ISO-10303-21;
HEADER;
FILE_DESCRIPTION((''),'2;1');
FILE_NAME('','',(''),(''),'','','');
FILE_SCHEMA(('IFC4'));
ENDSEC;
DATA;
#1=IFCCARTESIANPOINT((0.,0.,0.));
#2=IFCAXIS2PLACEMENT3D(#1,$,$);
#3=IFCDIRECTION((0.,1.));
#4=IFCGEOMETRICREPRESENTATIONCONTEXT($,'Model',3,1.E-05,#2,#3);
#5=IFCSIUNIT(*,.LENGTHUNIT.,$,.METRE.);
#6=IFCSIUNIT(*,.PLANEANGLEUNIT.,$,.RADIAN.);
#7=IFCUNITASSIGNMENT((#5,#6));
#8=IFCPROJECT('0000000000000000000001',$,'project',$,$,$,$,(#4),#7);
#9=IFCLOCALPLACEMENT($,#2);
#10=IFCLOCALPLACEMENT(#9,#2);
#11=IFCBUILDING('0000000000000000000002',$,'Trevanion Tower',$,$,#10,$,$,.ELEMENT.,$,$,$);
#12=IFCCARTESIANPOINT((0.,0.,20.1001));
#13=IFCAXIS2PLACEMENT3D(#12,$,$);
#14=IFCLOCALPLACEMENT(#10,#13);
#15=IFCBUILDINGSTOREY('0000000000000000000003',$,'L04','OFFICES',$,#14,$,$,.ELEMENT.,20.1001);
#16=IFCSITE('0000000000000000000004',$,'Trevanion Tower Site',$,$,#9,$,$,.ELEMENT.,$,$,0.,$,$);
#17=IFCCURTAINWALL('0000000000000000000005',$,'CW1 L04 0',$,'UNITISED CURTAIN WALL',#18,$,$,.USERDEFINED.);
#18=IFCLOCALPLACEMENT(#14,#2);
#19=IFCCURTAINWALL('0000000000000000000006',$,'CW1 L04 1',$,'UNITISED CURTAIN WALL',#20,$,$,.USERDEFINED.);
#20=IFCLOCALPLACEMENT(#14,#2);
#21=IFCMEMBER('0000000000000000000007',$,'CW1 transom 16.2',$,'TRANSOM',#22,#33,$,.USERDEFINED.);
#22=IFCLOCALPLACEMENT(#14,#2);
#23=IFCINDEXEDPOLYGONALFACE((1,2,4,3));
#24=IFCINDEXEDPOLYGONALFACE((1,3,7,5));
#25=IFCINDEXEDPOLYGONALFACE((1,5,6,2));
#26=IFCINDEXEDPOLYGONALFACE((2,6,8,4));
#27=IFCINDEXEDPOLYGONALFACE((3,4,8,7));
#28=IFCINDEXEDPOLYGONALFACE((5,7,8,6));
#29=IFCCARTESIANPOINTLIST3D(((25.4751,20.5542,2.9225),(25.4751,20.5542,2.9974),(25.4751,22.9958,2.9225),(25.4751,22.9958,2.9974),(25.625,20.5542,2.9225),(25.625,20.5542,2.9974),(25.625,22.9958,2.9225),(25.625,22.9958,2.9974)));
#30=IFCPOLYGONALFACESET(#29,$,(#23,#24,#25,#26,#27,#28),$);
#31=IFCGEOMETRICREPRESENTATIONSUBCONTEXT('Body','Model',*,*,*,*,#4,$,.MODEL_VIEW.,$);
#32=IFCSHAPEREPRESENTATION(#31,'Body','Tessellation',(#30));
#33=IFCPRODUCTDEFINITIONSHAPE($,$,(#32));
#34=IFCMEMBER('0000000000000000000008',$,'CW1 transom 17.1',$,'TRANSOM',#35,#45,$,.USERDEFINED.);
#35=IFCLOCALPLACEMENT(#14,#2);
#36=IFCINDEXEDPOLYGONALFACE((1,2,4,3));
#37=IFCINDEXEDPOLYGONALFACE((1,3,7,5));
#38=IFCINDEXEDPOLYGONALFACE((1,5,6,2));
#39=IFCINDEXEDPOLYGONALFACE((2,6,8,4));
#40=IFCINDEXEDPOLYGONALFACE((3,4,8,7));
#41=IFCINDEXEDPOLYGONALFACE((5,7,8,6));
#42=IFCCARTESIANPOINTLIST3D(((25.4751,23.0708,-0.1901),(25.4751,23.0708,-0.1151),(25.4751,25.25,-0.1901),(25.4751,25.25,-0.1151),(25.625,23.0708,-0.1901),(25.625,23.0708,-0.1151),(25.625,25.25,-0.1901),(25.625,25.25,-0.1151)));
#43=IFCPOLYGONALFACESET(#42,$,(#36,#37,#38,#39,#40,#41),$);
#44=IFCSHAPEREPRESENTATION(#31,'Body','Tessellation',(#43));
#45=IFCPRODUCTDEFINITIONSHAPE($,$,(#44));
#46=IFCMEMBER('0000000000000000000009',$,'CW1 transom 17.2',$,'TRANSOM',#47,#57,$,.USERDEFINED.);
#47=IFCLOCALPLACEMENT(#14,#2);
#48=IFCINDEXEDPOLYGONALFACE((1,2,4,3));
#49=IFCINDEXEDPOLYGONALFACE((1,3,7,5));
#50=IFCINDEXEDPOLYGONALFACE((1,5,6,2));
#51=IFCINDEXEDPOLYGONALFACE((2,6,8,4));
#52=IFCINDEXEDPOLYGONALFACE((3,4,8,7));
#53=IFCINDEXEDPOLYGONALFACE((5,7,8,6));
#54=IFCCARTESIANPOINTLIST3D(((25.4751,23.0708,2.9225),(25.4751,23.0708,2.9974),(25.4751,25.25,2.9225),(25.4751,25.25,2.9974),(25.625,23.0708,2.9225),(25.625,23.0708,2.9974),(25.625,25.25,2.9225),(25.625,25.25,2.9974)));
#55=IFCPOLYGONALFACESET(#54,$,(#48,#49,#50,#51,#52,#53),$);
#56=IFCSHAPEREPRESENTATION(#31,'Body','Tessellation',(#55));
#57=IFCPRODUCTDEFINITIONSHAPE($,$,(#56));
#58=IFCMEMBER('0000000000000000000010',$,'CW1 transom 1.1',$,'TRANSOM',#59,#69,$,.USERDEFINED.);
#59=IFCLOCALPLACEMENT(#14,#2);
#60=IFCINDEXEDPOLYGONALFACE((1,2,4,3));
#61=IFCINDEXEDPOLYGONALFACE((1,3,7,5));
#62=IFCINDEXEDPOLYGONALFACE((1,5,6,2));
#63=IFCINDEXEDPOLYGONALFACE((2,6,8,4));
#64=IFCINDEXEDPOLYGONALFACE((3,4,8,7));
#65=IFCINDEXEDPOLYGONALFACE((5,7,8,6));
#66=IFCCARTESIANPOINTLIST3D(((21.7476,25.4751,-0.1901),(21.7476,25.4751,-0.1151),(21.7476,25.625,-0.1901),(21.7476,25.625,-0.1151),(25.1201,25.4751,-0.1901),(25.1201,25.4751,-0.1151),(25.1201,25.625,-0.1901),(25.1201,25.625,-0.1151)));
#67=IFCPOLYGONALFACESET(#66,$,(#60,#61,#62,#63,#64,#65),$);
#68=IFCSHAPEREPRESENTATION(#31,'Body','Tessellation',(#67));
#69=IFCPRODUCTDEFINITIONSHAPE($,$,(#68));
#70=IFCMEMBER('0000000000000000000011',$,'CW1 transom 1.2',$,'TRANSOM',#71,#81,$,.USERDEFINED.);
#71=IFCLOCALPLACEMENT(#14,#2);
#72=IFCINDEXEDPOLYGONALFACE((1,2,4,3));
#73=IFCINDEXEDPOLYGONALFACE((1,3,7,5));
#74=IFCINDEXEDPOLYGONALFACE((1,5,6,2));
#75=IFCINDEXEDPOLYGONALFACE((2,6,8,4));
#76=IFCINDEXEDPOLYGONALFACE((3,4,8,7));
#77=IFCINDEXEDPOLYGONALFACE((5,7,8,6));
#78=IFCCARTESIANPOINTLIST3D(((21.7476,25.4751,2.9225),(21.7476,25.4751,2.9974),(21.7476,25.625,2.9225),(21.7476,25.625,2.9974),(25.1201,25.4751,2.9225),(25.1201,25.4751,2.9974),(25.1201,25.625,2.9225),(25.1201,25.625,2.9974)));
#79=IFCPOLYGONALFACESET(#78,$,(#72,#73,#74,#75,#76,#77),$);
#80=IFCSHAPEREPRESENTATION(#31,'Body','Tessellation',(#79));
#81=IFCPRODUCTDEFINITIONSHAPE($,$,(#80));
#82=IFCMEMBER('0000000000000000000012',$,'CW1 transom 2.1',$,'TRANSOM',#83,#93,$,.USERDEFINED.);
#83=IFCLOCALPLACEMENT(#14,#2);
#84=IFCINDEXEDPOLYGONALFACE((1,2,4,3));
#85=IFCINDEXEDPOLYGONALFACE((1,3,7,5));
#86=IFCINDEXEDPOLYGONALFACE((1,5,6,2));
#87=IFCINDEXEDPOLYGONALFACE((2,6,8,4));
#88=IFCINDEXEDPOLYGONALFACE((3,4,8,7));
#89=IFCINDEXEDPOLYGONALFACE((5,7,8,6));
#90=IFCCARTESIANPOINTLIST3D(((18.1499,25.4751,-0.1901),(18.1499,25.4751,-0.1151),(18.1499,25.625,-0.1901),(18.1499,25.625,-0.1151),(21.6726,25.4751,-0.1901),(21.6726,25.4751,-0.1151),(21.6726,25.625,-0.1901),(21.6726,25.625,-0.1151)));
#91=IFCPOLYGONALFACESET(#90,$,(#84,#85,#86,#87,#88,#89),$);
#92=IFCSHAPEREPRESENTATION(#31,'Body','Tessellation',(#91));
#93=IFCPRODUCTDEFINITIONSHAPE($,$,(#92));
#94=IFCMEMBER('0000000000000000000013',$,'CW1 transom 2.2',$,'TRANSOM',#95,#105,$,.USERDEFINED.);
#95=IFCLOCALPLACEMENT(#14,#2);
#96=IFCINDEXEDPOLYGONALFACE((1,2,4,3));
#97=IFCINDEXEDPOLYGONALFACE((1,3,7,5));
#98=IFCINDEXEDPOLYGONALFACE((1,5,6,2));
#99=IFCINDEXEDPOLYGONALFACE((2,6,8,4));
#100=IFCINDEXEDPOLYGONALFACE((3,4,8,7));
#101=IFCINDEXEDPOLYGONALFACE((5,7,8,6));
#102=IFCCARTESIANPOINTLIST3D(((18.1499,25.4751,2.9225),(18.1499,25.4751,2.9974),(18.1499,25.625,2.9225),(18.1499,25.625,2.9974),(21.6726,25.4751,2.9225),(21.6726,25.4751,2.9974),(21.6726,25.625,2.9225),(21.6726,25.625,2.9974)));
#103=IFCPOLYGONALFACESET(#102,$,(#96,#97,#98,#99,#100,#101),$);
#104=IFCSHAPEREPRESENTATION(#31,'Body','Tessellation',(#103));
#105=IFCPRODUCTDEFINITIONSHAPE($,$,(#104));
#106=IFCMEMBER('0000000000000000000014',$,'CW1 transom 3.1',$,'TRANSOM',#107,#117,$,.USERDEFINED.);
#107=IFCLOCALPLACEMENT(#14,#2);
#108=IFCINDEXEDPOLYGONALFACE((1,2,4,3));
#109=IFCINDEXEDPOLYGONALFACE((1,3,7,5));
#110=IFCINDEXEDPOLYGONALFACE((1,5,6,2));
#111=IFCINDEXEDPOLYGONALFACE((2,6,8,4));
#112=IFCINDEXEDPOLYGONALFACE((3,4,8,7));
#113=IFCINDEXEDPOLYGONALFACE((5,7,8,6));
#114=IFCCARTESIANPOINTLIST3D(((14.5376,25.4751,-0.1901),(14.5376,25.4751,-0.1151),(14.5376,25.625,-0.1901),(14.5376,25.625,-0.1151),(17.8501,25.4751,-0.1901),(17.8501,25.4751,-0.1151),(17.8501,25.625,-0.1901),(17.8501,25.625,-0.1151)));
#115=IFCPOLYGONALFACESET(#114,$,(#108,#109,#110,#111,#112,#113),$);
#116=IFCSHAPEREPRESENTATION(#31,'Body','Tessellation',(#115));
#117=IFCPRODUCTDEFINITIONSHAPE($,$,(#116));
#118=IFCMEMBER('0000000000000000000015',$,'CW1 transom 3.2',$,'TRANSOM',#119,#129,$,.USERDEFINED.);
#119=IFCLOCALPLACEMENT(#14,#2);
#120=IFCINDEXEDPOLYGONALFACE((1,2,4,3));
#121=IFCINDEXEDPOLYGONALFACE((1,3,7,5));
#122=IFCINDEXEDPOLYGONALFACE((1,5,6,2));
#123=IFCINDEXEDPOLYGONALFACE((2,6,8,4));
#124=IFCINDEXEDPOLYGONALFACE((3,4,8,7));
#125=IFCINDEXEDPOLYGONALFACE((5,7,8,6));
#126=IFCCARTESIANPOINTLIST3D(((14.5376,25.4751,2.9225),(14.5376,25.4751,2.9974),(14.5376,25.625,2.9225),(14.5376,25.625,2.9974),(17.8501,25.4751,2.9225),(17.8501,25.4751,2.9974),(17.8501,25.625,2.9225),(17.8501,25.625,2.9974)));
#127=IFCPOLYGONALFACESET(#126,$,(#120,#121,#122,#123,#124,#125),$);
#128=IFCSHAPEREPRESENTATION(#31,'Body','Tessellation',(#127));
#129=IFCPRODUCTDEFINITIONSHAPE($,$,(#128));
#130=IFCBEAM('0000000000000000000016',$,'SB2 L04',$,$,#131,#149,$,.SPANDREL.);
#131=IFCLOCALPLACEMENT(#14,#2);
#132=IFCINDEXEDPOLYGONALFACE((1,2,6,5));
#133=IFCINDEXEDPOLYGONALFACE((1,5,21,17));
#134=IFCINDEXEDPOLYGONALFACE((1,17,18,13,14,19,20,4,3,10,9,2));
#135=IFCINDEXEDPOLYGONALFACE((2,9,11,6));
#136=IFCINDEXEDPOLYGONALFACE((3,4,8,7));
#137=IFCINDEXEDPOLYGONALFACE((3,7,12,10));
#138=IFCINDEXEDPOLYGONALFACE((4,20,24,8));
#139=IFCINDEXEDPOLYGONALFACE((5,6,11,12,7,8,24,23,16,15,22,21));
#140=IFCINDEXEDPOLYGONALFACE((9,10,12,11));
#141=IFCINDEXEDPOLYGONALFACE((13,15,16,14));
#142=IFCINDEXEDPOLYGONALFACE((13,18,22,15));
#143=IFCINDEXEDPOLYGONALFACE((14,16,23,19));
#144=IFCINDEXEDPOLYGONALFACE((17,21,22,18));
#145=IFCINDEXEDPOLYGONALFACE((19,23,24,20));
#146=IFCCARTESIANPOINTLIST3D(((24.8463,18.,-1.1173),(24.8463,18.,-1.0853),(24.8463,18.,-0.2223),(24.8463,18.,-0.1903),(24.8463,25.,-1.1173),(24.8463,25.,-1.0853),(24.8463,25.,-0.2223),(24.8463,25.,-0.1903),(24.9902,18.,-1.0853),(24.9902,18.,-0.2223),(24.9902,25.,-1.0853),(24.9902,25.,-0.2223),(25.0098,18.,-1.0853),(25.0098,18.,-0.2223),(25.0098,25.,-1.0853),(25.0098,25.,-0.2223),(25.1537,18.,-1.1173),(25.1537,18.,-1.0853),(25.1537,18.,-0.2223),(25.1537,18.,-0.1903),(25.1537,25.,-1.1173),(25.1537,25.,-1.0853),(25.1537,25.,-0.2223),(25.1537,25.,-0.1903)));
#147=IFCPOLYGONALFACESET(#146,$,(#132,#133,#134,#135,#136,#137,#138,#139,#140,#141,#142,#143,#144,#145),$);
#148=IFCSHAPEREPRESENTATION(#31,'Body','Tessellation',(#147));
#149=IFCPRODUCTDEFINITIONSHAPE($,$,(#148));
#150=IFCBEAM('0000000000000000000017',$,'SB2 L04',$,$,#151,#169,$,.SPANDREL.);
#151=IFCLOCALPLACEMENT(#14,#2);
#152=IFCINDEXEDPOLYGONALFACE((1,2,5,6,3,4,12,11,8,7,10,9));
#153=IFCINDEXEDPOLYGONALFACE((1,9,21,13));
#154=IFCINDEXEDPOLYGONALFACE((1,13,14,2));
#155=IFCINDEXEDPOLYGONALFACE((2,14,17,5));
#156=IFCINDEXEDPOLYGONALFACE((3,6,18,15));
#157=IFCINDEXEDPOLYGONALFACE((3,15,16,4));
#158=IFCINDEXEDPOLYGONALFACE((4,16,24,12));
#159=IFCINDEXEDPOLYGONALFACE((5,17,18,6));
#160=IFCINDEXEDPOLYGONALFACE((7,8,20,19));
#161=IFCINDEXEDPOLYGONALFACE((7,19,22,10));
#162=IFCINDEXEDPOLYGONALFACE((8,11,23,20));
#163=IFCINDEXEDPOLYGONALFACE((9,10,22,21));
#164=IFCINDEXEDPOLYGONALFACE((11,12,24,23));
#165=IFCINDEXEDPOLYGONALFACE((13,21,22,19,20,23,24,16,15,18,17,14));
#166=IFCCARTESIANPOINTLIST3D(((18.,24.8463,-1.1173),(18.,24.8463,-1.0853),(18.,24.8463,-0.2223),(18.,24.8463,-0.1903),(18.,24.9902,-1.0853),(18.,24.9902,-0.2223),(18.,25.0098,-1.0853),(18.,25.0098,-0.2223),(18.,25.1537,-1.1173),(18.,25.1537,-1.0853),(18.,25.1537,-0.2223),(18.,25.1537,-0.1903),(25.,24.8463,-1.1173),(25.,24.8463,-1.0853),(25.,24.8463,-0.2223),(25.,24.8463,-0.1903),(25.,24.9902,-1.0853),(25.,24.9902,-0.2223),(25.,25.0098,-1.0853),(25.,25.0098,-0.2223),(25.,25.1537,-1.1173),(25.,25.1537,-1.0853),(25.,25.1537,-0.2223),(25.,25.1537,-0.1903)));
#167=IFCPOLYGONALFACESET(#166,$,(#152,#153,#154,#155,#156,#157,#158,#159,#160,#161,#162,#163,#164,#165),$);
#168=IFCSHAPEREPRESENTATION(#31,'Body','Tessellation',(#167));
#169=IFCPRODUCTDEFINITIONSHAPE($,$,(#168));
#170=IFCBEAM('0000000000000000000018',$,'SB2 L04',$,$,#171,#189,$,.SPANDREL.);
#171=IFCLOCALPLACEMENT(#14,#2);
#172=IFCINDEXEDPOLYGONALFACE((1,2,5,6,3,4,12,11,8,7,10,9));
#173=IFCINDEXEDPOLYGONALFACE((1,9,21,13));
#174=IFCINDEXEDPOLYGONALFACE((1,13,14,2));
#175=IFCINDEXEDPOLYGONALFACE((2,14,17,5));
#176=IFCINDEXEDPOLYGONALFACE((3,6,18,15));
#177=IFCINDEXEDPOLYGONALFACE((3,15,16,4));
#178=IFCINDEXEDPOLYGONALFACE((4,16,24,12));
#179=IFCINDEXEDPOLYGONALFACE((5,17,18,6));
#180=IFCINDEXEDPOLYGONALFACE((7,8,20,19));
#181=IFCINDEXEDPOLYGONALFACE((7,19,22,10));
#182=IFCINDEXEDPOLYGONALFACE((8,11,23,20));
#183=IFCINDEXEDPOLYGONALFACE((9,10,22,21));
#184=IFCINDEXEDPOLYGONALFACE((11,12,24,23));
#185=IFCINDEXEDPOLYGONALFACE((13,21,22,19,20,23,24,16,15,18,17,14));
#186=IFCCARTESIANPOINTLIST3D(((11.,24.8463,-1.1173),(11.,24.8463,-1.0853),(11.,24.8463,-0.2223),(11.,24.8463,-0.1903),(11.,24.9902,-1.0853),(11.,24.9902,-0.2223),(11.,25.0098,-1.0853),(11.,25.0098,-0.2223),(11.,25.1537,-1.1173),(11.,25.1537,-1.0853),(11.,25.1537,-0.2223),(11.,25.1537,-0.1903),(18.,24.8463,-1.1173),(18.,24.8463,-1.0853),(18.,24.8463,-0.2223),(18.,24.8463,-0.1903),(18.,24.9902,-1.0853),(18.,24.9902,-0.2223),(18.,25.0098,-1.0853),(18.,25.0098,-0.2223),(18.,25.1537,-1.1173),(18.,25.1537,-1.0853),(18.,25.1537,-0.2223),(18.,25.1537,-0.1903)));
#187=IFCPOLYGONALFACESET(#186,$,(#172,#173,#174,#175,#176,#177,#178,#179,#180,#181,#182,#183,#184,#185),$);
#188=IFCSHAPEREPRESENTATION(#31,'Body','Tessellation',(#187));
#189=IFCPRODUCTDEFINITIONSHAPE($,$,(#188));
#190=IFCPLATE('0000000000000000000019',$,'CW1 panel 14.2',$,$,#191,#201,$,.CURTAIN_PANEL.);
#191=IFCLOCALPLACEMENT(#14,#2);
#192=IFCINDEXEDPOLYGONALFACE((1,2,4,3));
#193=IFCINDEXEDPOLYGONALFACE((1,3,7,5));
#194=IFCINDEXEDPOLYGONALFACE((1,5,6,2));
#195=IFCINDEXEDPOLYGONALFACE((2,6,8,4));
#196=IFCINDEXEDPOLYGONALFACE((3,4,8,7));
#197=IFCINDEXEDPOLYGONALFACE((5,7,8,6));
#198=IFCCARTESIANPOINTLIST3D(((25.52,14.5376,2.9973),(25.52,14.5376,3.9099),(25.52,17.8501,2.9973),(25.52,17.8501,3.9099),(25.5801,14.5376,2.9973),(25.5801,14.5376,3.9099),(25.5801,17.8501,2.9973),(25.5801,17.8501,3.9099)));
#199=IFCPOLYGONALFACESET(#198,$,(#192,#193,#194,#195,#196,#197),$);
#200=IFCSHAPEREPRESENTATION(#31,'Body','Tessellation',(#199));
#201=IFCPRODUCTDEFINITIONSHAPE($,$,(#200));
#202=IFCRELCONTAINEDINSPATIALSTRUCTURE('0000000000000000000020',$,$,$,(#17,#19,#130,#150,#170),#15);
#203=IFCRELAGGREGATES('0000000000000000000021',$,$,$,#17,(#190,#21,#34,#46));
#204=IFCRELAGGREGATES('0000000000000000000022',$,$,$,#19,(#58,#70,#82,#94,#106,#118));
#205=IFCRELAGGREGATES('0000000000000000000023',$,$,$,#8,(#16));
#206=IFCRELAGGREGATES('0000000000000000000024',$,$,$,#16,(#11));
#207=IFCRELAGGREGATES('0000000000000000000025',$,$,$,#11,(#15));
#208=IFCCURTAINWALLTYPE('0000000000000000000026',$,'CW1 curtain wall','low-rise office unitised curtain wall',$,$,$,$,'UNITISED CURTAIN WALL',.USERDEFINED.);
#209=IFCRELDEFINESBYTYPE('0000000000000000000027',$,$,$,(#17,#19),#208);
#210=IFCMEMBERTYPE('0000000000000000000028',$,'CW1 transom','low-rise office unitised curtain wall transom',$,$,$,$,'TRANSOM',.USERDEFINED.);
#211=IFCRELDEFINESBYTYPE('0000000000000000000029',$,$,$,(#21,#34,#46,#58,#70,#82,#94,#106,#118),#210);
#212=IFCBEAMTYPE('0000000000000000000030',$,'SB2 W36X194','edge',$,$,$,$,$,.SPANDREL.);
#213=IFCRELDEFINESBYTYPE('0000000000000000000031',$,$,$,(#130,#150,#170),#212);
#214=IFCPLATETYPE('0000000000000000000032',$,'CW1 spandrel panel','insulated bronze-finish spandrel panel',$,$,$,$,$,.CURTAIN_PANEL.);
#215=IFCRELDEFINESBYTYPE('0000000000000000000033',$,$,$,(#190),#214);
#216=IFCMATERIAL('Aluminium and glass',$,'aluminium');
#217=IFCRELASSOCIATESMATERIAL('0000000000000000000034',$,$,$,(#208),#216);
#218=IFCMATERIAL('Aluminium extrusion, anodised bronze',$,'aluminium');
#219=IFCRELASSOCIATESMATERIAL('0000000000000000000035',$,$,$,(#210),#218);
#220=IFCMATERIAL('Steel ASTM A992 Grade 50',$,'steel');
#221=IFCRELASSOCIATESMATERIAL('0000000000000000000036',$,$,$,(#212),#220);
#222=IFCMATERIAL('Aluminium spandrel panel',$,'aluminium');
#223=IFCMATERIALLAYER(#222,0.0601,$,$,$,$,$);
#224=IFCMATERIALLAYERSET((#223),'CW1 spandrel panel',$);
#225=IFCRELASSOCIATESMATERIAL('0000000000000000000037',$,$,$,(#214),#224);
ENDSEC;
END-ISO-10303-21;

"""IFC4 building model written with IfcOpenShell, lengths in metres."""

from ifc_helpers import new_model, si_unit, direction, frame, origin, origin_2d, place, context, subcontext, project, spatial, rectangle, i_section, extrude, material, layer, layer_set, material_profile, profile_set, type_object, element, aggregate, save


model = new_model("IFC4")

# Units and contexts
model_context = context("Model", 3, precision=1e-05, world=origin(), true_north=direction((0.0, 1.0)))
body_context = subcontext(model_context, "Body", "Model", "MODEL_VIEW")
ifc_project = project(units=[si_unit("LENGTHUNIT", "METRE"), si_unit("PLANEANGLEUNIT", "RADIAN")], contexts=[model_context])

# Site, building, storey
site_placement = place(None, origin())
site = spatial("IfcSite", under=ifc_project, at=site_placement, Name="Trevanion Tower Site", CompositionType="ELEMENT", RefElevation=0.0)
building_placement = place(site_placement, origin())
building = spatial("IfcBuilding", under=site, at=building_placement, Name="Trevanion Tower", CompositionType="ELEMENT")
storey_placement = place(building_placement, frame((0.0, 0.0, 20.1001)))
storey = spatial("IfcBuildingStorey", under=building, at=storey_placement, Name="L04", Description="OFFICES", CompositionType="ELEMENT", Elevation=20.1001)

# Curtain wall
ifc_material_1 = material(Name="Aluminium and glass", Category="aluminium")
curtain_wall_type = type_object("IfcCurtainWallType", Name="CW1 curtain wall", Description="low-rise office unitised curtain wall", ElementType="UNITISED CURTAIN WALL", PredefinedType="USERDEFINED", material=ifc_material_1)
curtain_wall_1_placement = place(storey_placement, origin())
curtain_wall_1 = element("IfcCurtainWall", 1, at=curtain_wall_1_placement, inside=storey, type_object=curtain_wall_type, Name="CW1 L04 0", ObjectType="UNITISED CURTAIN WALL", PredefinedType="USERDEFINED")

# Curtain wall
curtain_wall_2_placement = place(storey_placement, origin())
curtain_wall_2 = element("IfcCurtainWall", 2, at=curtain_wall_2_placement, inside=storey, type_object=curtain_wall_type, Name="CW1 L04 1", ObjectType="UNITISED CURTAIN WALL", PredefinedType="USERDEFINED")

# Members
ifc_material_2 = material(Name="Aluminium extrusion, anodised bronze", Category="aluminium")
ifc_material_profile_1 = material_profile(ifc_material_2, rectangle(XDim=0.1499, YDim=0.075, at=origin_2d()), Name="CW1 transom")
ifc_profile_set_1 = profile_set([ifc_material_profile_1], Name="Aluminium extrusion, anodised bronze")
member_type_1 = type_object("IfcMemberType", Name="CW1 transom", Description="low-rise office unitised curtain wall transom", ElementType="TRANSOM", PredefinedType="USERDEFINED", material=ifc_profile_set_1)
member_1_placement = place(storey_placement, frame((25.55, 20.5542, 2.96), z_axis=(0.0, 1.0, 0.0), x_axis=(-1.0, 0.0, 0.0)))
member_1 = element("IfcMember", 3, at=member_1_placement, type_object=member_type_1, Name="CW1 transom 16.2", ObjectType="TRANSOM", PredefinedType="USERDEFINED", context=body_context, shape_type="SweptSolid", body=[
    extrude(rectangle(XDim=0.1499, YDim=0.075, at=origin_2d()), origin(), (0.0, 0.0, 1.0), 2.4417),
])
member_2_placement = place(storey_placement, frame((25.55, 23.0708, -0.1526), z_axis=(0.0, 1.0, 0.0), x_axis=(-1.0, 0.0, 0.0)))
member_2 = element("IfcMember", 4, at=member_2_placement, type_object=member_type_1, Name="CW1 transom 17.1", ObjectType="TRANSOM", PredefinedType="USERDEFINED", context=body_context, shape_type="SweptSolid", body=[
    extrude(rectangle(XDim=0.1499, YDim=0.075, at=origin_2d()), origin(), (0.0, 0.0, 1.0), 2.1792),
])
member_3_placement = place(storey_placement, frame((25.55, 23.0708, 2.96), z_axis=(0.0, 1.0, 0.0), x_axis=(-1.0, 0.0, 0.0)))
member_3 = element("IfcMember", 5, at=member_3_placement, type_object=member_type_1, Name="CW1 transom 17.2", ObjectType="TRANSOM", PredefinedType="USERDEFINED", context=body_context, shape_type="SweptSolid", body=[
    extrude(rectangle(XDim=0.1499, YDim=0.075, at=origin_2d()), origin(), (0.0, 0.0, 1.0), 2.1792),
])
member_4_placement = place(storey_placement, frame((25.1201, 25.55, -0.1526), z_axis=(-1.0, 0.0, 0.0), x_axis=(0.0, -1.0, 0.0)))
member_4 = element("IfcMember", 6, at=member_4_placement, type_object=member_type_1, Name="CW1 transom 1.1", ObjectType="TRANSOM", PredefinedType="USERDEFINED", context=body_context, shape_type="SweptSolid", body=[
    extrude(rectangle(XDim=0.1499, YDim=0.075, at=origin_2d()), origin(), (0.0, 0.0, 1.0), 3.3726),
])
member_5_placement = place(storey_placement, frame((25.1201, 25.55, 2.96), z_axis=(-1.0, 0.0, 0.0), x_axis=(0.0, -1.0, 0.0)))
member_5 = element("IfcMember", 7, at=member_5_placement, type_object=member_type_1, Name="CW1 transom 1.2", ObjectType="TRANSOM", PredefinedType="USERDEFINED", context=body_context, shape_type="SweptSolid", body=[
    extrude(rectangle(XDim=0.1499, YDim=0.075, at=origin_2d()), origin(), (0.0, 0.0, 1.0), 3.3726),
])
member_6_placement = place(storey_placement, frame((21.6726, 25.55, -0.1526), z_axis=(-1.0, 0.0, 0.0), x_axis=(0.0, -1.0, 0.0)))
member_6 = element("IfcMember", 8, at=member_6_placement, type_object=member_type_1, Name="CW1 transom 2.1", ObjectType="TRANSOM", PredefinedType="USERDEFINED", context=body_context, shape_type="SweptSolid", body=[
    extrude(rectangle(XDim=0.1499, YDim=0.075, at=origin_2d()), origin(), (0.0, 0.0, 1.0), 3.5227),
])
member_7_placement = place(storey_placement, frame((21.6726, 25.55, 2.96), z_axis=(-1.0, 0.0, 0.0), x_axis=(0.0, -1.0, 0.0)))
member_7 = element("IfcMember", 9, at=member_7_placement, type_object=member_type_1, Name="CW1 transom 2.2", ObjectType="TRANSOM", PredefinedType="USERDEFINED", context=body_context, shape_type="SweptSolid", body=[
    extrude(rectangle(XDim=0.1499, YDim=0.075, at=origin_2d()), origin(), (0.0, 0.0, 1.0), 3.5227),
])
member_8_placement = place(storey_placement, frame((17.8501, 25.55, -0.1526), z_axis=(-1.0, 0.0, 0.0), x_axis=(0.0, -1.0, 0.0)))
member_8 = element("IfcMember", 10, at=member_8_placement, type_object=member_type_1, Name="CW1 transom 3.1", ObjectType="TRANSOM", PredefinedType="USERDEFINED", context=body_context, shape_type="SweptSolid", body=[
    extrude(rectangle(XDim=0.1499, YDim=0.075, at=origin_2d()), origin(), (0.0, 0.0, 1.0), 3.3125),
])
member_9_placement = place(storey_placement, frame((17.8501, 25.55, 2.96), z_axis=(-1.0, 0.0, 0.0), x_axis=(0.0, -1.0, 0.0)))
member_9 = element("IfcMember", 11, at=member_9_placement, type_object=member_type_1, Name="CW1 transom 3.2", ObjectType="TRANSOM", PredefinedType="USERDEFINED", context=body_context, shape_type="SweptSolid", body=[
    extrude(rectangle(XDim=0.1499, YDim=0.075, at=origin_2d()), origin(), (0.0, 0.0, 1.0), 3.3125),
])

# Beams
ifc_material_3 = material(Name="Steel ASTM A992 Grade 50", Category="steel")
ifc_material_profile_2 = material_profile(ifc_material_3, i_section(OverallWidth=0.3074, OverallDepth=0.927, WebThickness=0.0195, FlangeThickness=0.032, at=origin_2d()), Name="W36X194")
ifc_profile_set_2 = profile_set([ifc_material_profile_2], Name="Steel ASTM A992 Grade 50")
beam_type = type_object("IfcBeamType", Name="SB2 W36X194", Description="edge", PredefinedType="SPANDREL", material=ifc_profile_set_2)
for number, where, z_axis, x_axis, name in (
    (12, (25.0, 18.0, -0.6538), (0.0, 1.0, 0.0), (-1.0, 0.0, 0.0), "SB2 L04"),
    (13, (25.0, 25.0, -0.6538), (-1.0, 0.0, 0.0), (0.0, -1.0, 0.0), "SB2 L04"),
    (14, (18.0, 25.0, -0.6538), (-1.0, 0.0, 0.0), (0.0, -1.0, 0.0), "SB2 L04"),
):
    element("IfcBeam", number, at=place(storey_placement, frame(where, z_axis=z_axis, x_axis=x_axis)), inside=storey, type_object=beam_type, Name=name, PredefinedType="SPANDREL", context=body_context, shape_type="SweptSolid", body=[
        extrude(i_section(OverallWidth=0.3074, OverallDepth=0.927, WebThickness=0.0195, FlangeThickness=0.032, at=origin_2d()), origin(), (0.0, 0.0, 1.0), 7.0),
    ])

# Plate
ifc_material_4 = material(Name="Aluminium spandrel panel", Category="aluminium")
ifc_layer_1 = layer(ifc_material_4, 0.0601)
ifc_layer_set_1 = layer_set([ifc_layer_1], Name="CW1 spandrel panel")
plate_type_1 = type_object("IfcPlateType", Name="CW1 spandrel panel", Description="insulated bronze-finish spandrel panel", PredefinedType="CURTAIN_PANEL", material=ifc_layer_set_1)
plate_1_placement = place(storey_placement, frame((25.55, 16.1938, 2.9973), z_axis=(0.0, 0.0, 1.0), x_axis=(0.0, 1.0, 0.0)))
plate_1 = element("IfcPlate", 15, at=plate_1_placement, type_object=plate_type_1, Name="CW1 panel 14.2", PredefinedType="CURTAIN_PANEL", context=body_context, shape_type="SweptSolid", body=[
    extrude(rectangle(XDim=3.3125, YDim=0.0601, at=origin_2d()), origin(), (0.0, 0.0, 1.0), 0.9126),
])
aggregate(curtain_wall_1, [plate_1, member_1, member_2, member_3])
aggregate(curtain_wall_2, [member_4, member_5, member_6, member_7, member_8, member_9])

save(model, "model.ifc")
